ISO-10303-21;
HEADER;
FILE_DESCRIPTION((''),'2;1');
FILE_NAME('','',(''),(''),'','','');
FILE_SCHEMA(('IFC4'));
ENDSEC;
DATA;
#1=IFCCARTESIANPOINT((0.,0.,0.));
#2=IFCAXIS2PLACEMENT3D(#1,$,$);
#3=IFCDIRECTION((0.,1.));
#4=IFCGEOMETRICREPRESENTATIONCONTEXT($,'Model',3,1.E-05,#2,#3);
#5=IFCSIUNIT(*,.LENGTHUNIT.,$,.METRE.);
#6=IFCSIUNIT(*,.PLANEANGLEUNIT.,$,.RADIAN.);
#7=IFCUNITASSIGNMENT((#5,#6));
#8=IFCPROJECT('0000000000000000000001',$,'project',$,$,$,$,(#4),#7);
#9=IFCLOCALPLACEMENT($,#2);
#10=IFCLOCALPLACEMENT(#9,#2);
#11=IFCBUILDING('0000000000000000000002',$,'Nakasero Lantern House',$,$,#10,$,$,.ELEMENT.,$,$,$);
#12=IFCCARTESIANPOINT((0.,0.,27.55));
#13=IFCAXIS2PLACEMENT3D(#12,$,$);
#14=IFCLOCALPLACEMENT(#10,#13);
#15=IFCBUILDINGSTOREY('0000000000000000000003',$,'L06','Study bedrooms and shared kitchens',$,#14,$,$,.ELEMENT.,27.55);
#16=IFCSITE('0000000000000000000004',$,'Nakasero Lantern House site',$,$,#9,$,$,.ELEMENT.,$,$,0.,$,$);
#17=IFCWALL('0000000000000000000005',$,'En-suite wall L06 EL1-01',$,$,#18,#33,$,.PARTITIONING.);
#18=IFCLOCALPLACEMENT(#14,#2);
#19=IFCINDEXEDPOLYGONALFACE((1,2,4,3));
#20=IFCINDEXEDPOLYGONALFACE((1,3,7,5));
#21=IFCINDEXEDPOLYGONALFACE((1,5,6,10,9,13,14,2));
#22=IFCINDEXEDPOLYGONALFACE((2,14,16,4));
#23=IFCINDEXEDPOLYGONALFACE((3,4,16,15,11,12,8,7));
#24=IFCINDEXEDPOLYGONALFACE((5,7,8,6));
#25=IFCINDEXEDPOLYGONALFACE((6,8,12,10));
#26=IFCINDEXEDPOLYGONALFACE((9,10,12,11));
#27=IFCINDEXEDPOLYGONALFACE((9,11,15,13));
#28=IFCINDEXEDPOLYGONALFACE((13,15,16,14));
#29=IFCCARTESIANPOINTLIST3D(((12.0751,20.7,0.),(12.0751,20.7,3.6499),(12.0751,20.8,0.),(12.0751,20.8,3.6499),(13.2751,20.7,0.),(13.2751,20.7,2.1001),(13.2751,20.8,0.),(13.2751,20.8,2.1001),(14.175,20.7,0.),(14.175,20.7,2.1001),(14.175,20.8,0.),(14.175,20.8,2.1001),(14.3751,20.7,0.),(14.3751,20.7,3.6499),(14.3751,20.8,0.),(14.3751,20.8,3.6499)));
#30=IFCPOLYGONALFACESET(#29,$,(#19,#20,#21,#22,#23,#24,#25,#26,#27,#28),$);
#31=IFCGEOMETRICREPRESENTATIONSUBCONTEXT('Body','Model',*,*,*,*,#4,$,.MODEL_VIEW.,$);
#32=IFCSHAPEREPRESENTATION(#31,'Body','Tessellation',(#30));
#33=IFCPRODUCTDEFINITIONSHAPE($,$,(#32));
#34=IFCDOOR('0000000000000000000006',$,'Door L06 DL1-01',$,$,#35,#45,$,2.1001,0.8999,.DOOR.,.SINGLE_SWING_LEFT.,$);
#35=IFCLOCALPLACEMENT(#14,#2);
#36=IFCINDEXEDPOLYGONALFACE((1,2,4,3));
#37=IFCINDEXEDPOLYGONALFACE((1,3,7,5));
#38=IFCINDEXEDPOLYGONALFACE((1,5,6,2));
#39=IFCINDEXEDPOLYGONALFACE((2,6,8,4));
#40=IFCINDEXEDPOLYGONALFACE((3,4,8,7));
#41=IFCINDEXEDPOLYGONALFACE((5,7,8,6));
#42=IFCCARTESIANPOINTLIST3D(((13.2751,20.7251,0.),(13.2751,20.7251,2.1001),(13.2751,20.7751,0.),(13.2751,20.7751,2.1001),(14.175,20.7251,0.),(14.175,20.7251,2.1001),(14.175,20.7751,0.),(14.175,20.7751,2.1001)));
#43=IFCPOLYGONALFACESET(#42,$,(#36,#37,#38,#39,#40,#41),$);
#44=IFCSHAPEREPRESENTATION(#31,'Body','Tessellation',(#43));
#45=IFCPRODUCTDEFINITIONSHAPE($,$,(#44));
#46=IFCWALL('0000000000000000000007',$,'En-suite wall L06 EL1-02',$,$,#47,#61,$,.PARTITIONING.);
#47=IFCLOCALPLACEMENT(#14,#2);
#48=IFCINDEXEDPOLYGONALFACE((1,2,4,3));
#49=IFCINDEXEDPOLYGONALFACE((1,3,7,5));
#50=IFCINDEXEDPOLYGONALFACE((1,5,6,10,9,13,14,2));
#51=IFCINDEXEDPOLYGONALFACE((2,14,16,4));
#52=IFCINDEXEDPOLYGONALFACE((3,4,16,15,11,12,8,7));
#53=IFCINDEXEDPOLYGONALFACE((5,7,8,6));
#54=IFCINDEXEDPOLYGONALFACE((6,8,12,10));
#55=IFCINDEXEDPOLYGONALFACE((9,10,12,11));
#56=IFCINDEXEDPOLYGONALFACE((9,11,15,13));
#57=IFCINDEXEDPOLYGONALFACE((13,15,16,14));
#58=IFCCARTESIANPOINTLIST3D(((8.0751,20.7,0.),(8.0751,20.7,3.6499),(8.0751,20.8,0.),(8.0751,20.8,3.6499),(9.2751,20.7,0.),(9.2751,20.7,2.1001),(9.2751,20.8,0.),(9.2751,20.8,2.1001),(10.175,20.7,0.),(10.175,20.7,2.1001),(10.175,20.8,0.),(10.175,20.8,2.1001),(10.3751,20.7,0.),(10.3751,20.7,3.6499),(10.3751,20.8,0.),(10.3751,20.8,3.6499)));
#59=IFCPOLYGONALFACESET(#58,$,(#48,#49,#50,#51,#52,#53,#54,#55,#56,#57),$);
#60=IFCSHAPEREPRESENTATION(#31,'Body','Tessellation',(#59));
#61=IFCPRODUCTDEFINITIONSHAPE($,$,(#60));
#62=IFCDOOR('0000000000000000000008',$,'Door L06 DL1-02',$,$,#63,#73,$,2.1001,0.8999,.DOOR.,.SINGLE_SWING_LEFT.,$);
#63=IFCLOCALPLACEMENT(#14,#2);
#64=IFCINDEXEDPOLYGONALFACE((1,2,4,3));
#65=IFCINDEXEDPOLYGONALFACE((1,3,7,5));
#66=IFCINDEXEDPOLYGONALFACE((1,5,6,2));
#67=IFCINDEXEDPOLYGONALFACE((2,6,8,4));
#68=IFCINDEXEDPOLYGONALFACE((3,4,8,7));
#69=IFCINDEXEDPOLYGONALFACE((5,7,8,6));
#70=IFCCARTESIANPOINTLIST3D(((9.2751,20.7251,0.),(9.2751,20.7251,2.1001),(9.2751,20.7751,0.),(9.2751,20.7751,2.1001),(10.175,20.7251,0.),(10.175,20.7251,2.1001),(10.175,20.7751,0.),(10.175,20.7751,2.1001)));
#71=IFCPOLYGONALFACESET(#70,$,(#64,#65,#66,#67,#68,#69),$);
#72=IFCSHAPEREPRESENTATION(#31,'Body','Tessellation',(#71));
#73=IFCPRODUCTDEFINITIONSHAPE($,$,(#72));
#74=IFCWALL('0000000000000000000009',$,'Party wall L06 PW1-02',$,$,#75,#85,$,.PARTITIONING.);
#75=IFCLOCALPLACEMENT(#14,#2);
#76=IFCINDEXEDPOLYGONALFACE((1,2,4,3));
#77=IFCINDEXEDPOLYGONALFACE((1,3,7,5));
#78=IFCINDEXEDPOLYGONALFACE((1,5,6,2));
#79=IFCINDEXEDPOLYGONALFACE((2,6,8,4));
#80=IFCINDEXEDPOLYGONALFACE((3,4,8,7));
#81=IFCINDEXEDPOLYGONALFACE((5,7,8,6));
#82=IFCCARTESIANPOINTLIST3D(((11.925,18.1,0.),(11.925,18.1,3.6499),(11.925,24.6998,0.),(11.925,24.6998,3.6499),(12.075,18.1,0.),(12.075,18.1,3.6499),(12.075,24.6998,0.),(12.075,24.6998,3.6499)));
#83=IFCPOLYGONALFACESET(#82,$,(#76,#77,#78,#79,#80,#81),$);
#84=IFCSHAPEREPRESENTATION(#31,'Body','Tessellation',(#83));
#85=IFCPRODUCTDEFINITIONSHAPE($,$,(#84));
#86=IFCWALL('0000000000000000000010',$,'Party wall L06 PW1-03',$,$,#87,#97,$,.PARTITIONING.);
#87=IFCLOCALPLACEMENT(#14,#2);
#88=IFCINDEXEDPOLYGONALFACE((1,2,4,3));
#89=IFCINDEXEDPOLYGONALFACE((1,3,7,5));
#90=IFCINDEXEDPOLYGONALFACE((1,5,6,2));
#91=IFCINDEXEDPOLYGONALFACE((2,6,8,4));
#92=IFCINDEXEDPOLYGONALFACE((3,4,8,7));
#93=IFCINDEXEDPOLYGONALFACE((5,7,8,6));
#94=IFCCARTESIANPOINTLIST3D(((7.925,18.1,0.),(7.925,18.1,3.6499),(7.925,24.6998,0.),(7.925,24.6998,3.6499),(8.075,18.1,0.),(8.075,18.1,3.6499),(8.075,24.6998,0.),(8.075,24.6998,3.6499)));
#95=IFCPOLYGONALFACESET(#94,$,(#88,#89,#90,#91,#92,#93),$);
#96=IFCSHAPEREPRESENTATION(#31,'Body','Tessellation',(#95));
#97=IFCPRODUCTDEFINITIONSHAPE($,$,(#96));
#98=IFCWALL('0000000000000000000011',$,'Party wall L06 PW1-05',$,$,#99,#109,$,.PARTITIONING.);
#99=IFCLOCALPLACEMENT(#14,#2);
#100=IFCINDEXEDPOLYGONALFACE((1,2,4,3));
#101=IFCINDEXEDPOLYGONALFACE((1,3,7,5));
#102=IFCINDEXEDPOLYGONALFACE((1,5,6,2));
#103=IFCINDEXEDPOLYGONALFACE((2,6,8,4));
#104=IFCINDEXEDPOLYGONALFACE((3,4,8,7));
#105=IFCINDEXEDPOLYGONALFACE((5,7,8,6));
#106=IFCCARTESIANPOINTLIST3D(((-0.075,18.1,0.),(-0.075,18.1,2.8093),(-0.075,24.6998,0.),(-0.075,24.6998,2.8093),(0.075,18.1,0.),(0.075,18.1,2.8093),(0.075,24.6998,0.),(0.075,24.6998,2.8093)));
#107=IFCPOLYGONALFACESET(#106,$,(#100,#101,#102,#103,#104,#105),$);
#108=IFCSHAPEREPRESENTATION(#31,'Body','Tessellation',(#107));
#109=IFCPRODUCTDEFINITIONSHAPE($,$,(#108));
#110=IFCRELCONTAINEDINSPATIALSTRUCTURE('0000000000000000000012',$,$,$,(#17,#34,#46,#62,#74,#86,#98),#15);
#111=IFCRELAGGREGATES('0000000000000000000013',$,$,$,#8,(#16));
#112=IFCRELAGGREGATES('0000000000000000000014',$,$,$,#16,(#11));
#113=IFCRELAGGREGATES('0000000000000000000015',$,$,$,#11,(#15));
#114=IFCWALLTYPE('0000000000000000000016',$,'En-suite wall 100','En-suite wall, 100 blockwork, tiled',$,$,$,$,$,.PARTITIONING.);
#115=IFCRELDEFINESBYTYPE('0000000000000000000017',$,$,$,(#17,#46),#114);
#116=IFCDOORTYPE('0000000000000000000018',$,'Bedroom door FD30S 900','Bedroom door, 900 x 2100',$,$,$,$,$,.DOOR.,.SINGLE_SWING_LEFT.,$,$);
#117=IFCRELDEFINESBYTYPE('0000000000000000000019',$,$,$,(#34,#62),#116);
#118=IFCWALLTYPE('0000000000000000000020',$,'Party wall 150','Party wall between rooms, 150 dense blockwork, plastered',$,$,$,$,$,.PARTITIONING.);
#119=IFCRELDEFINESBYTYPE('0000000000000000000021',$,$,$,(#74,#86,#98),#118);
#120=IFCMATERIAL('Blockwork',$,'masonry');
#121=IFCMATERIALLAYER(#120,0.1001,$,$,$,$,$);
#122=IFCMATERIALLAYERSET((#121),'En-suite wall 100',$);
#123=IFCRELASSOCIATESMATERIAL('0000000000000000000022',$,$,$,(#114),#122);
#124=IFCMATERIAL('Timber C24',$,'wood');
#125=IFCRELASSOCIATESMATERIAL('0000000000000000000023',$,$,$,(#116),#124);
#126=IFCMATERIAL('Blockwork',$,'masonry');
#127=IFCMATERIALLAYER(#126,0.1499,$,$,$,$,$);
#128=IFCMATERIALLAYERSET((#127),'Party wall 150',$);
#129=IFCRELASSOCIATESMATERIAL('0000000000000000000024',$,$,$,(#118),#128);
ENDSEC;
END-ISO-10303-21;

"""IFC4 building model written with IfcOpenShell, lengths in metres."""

from ifc_helpers import new_model, si_unit, direction, frame, frame_2d, origin, place, context, subcontext, project, spatial, rectangle, extrude, material, layer, layer_set, type_object, element, fill, save


model = new_model("IFC4")

# Units and contexts
model_context = context("Model", 3, precision=1e-05, world=origin(), true_north=direction((0.0, 1.0)))
body_context = subcontext(model_context, "Body", "Model", "MODEL_VIEW")
ifc_project = project(units=[si_unit("LENGTHUNIT", "METRE"), si_unit("PLANEANGLEUNIT", "RADIAN")], contexts=[model_context])

# Site, building, storey
site_placement = place(None, origin())
site = spatial("IfcSite", under=ifc_project, at=site_placement, Name="Nakasero Lantern House site", CompositionType="ELEMENT", RefElevation=0.0)
building_placement = place(site_placement, origin())
building = spatial("IfcBuilding", under=site, at=building_placement, Name="Nakasero Lantern House", CompositionType="ELEMENT")
storey_placement = place(building_placement, frame((0.0, 0.0, 27.55)))
storey = spatial("IfcBuildingStorey", under=building, at=storey_placement, Name="L06", Description="Study bedrooms and shared kitchens", CompositionType="ELEMENT", Elevation=27.55)

# Shared definitions
ifc_material_1 = material(Name="Blockwork", Category="masonry")
ifc_layer_1 = layer(ifc_material_1, 0.1001)
ifc_layer_set_1 = layer_set([ifc_layer_1], Name="En-suite wall 100")
wall_type_1 = type_object("IfcWallType", Name="En-suite wall 100", Description="En-suite wall, 100 blockwork, tiled", PredefinedType="PARTITIONING", material=ifc_layer_set_1)

# Walls, openings, doors
wall_1_placement = place(storey_placement, frame((14.375, 20.75, 0.0), z_axis=(0.0, 0.0, 1.0), x_axis=(-1.0, 0.0, 0.0)))
wall_1 = element("IfcWall", 1, at=wall_1_placement, inside=storey, type_object=wall_type_1, Name="En-suite wall L06 EL1-01", PredefinedType="PARTITIONING", context=body_context, shape_type="SweptSolid", body=[
    extrude(rectangle(XDim=2.3, YDim=0.1001, at=frame_2d((1.1499, 0.0))), origin(), (0.0, 0.0, 1.0), 3.6499),
])
opening_1_placement = place(wall_1_placement, frame((0.2, 0.0, 0.0)))
opening_1 = element("IfcOpeningElement", 2, at=opening_1_placement, cuts=wall_1, PredefinedType="OPENING", context=body_context, shape_type="SweptSolid", body=[
    extrude(rectangle(XDim=0.8999, YDim=2.1001, at=frame_2d((0.45, 1.05))), frame((0.0, 0.0701, 0.0), z_axis=(0.0, -1.0, 0.0), x_axis=(1.0, 0.0, 0.0)), (0.0, 0.0, 1.0), 0.1401),
])
ifc_material_2 = material(Name="Timber C24", Category="wood")
door_type_1 = type_object("IfcDoorType", Name="Bedroom door FD30S 900", Description="Bedroom door, 900 x 2100", OperationType="SINGLE_SWING_LEFT", PredefinedType="DOOR", material=ifc_material_2)
door_1_placement = place(opening_1_placement, origin())
door_1 = element("IfcDoor", 3, at=door_1_placement, inside=storey, type_object=door_type_1, Name="Door L06 DL1-01", OperationType="SINGLE_SWING_LEFT", OverallHeight=2.1001, OverallWidth=0.8999, PredefinedType="DOOR", context=body_context, shape_type="SweptSolid", body=[
    extrude(rectangle(XDim=0.8999, YDim=2.1001, at=frame_2d((0.45, 1.05))), frame((0.0, 0.0249, 0.0), z_axis=(0.0, -1.0, 0.0), x_axis=(1.0, 0.0, 0.0)), (0.0, 0.0, 1.0), 0.05),
])
fill(opening_1, door_1)
wall_2_placement = place(storey_placement, frame((10.375, 20.75, 0.0), z_axis=(0.0, 0.0, 1.0), x_axis=(-1.0, 0.0, 0.0)))
wall_2 = element("IfcWall", 4, at=wall_2_placement, inside=storey, type_object=wall_type_1, Name="En-suite wall L06 EL1-02", PredefinedType="PARTITIONING", context=body_context, shape_type="SweptSolid", body=[
    extrude(rectangle(XDim=2.3, YDim=0.1001, at=frame_2d((1.1499, 0.0))), origin(), (0.0, 0.0, 1.0), 3.6499),
])
opening_2_placement = place(wall_2_placement, frame((0.2, 0.0, 0.0)))
opening_2 = element("IfcOpeningElement", 5, at=opening_2_placement, cuts=wall_2, PredefinedType="OPENING", context=body_context, shape_type="SweptSolid", body=[
    extrude(rectangle(XDim=0.8999, YDim=2.1001, at=frame_2d((0.45, 1.05))), frame((0.0, 0.0701, 0.0), z_axis=(0.0, -1.0, 0.0), x_axis=(1.0, 0.0, 0.0)), (0.0, 0.0, 1.0), 0.1401),
])
door_2_placement = place(opening_2_placement, origin())
door_2 = element("IfcDoor", 6, at=door_2_placement, inside=storey, type_object=door_type_1, Name="Door L06 DL1-02", OperationType="SINGLE_SWING_LEFT", OverallHeight=2.1001, OverallWidth=0.8999, PredefinedType="DOOR", context=body_context, shape_type="SweptSolid", body=[
    extrude(rectangle(XDim=0.8999, YDim=2.1001, at=frame_2d((0.45, 1.05))), frame((0.0, 0.0249, 0.0), z_axis=(0.0, -1.0, 0.0), x_axis=(1.0, 0.0, 0.0)), (0.0, 0.0, 1.0), 0.05),
])
fill(opening_2, door_2)

# Walls
ifc_material_3 = material(Name="Blockwork", Category="masonry")
ifc_layer_2 = layer(ifc_material_3, 0.1499)
ifc_layer_set_2 = layer_set([ifc_layer_2], Name="Party wall 150")
wall_type_2 = type_object("IfcWallType", Name="Party wall 150", Description="Party wall between rooms, 150 dense blockwork, plastered", PredefinedType="PARTITIONING", material=ifc_layer_set_2)
for number, where, z_axis, x_axis, name in (
    (7, (12.0, 18.1001, 0.0), (0.0, 0.0, 1.0), (0.0, 1.0, 0.0), "Party wall L06 PW1-02"),
    (8, (8.0, 18.1001, 0.0), (0.0, 0.0, 1.0), (0.0, 1.0, 0.0), "Party wall L06 PW1-03"),
):
    element("IfcWall", number, at=place(storey_placement, frame(where, z_axis=z_axis, x_axis=x_axis)), inside=storey, type_object=wall_type_2, Name=name, PredefinedType="PARTITIONING", context=body_context, shape_type="SweptSolid", body=[
        extrude(rectangle(XDim=6.5999, YDim=0.1499, at=frame_2d((3.2998, 0.0))), origin(), (0.0, 0.0, 1.0), 3.6499),
    ])
wall_3_placement = place(storey_placement, frame((0.0, 18.1001, 0.0), z_axis=(0.0, 0.0, 1.0), x_axis=(0.0, 1.0, 0.0)))
element("IfcWall", 9, at=wall_3_placement, inside=storey, type_object=wall_type_2, Name="Party wall L06 PW1-05", PredefinedType="PARTITIONING", context=body_context, shape_type="SweptSolid", body=[
    extrude(rectangle(XDim=6.5999, YDim=0.1499, at=frame_2d((3.2998, 0.0))), origin(), (0.0, 0.0, 1.0), 2.8093),
])

save(model, "model.ifc")
